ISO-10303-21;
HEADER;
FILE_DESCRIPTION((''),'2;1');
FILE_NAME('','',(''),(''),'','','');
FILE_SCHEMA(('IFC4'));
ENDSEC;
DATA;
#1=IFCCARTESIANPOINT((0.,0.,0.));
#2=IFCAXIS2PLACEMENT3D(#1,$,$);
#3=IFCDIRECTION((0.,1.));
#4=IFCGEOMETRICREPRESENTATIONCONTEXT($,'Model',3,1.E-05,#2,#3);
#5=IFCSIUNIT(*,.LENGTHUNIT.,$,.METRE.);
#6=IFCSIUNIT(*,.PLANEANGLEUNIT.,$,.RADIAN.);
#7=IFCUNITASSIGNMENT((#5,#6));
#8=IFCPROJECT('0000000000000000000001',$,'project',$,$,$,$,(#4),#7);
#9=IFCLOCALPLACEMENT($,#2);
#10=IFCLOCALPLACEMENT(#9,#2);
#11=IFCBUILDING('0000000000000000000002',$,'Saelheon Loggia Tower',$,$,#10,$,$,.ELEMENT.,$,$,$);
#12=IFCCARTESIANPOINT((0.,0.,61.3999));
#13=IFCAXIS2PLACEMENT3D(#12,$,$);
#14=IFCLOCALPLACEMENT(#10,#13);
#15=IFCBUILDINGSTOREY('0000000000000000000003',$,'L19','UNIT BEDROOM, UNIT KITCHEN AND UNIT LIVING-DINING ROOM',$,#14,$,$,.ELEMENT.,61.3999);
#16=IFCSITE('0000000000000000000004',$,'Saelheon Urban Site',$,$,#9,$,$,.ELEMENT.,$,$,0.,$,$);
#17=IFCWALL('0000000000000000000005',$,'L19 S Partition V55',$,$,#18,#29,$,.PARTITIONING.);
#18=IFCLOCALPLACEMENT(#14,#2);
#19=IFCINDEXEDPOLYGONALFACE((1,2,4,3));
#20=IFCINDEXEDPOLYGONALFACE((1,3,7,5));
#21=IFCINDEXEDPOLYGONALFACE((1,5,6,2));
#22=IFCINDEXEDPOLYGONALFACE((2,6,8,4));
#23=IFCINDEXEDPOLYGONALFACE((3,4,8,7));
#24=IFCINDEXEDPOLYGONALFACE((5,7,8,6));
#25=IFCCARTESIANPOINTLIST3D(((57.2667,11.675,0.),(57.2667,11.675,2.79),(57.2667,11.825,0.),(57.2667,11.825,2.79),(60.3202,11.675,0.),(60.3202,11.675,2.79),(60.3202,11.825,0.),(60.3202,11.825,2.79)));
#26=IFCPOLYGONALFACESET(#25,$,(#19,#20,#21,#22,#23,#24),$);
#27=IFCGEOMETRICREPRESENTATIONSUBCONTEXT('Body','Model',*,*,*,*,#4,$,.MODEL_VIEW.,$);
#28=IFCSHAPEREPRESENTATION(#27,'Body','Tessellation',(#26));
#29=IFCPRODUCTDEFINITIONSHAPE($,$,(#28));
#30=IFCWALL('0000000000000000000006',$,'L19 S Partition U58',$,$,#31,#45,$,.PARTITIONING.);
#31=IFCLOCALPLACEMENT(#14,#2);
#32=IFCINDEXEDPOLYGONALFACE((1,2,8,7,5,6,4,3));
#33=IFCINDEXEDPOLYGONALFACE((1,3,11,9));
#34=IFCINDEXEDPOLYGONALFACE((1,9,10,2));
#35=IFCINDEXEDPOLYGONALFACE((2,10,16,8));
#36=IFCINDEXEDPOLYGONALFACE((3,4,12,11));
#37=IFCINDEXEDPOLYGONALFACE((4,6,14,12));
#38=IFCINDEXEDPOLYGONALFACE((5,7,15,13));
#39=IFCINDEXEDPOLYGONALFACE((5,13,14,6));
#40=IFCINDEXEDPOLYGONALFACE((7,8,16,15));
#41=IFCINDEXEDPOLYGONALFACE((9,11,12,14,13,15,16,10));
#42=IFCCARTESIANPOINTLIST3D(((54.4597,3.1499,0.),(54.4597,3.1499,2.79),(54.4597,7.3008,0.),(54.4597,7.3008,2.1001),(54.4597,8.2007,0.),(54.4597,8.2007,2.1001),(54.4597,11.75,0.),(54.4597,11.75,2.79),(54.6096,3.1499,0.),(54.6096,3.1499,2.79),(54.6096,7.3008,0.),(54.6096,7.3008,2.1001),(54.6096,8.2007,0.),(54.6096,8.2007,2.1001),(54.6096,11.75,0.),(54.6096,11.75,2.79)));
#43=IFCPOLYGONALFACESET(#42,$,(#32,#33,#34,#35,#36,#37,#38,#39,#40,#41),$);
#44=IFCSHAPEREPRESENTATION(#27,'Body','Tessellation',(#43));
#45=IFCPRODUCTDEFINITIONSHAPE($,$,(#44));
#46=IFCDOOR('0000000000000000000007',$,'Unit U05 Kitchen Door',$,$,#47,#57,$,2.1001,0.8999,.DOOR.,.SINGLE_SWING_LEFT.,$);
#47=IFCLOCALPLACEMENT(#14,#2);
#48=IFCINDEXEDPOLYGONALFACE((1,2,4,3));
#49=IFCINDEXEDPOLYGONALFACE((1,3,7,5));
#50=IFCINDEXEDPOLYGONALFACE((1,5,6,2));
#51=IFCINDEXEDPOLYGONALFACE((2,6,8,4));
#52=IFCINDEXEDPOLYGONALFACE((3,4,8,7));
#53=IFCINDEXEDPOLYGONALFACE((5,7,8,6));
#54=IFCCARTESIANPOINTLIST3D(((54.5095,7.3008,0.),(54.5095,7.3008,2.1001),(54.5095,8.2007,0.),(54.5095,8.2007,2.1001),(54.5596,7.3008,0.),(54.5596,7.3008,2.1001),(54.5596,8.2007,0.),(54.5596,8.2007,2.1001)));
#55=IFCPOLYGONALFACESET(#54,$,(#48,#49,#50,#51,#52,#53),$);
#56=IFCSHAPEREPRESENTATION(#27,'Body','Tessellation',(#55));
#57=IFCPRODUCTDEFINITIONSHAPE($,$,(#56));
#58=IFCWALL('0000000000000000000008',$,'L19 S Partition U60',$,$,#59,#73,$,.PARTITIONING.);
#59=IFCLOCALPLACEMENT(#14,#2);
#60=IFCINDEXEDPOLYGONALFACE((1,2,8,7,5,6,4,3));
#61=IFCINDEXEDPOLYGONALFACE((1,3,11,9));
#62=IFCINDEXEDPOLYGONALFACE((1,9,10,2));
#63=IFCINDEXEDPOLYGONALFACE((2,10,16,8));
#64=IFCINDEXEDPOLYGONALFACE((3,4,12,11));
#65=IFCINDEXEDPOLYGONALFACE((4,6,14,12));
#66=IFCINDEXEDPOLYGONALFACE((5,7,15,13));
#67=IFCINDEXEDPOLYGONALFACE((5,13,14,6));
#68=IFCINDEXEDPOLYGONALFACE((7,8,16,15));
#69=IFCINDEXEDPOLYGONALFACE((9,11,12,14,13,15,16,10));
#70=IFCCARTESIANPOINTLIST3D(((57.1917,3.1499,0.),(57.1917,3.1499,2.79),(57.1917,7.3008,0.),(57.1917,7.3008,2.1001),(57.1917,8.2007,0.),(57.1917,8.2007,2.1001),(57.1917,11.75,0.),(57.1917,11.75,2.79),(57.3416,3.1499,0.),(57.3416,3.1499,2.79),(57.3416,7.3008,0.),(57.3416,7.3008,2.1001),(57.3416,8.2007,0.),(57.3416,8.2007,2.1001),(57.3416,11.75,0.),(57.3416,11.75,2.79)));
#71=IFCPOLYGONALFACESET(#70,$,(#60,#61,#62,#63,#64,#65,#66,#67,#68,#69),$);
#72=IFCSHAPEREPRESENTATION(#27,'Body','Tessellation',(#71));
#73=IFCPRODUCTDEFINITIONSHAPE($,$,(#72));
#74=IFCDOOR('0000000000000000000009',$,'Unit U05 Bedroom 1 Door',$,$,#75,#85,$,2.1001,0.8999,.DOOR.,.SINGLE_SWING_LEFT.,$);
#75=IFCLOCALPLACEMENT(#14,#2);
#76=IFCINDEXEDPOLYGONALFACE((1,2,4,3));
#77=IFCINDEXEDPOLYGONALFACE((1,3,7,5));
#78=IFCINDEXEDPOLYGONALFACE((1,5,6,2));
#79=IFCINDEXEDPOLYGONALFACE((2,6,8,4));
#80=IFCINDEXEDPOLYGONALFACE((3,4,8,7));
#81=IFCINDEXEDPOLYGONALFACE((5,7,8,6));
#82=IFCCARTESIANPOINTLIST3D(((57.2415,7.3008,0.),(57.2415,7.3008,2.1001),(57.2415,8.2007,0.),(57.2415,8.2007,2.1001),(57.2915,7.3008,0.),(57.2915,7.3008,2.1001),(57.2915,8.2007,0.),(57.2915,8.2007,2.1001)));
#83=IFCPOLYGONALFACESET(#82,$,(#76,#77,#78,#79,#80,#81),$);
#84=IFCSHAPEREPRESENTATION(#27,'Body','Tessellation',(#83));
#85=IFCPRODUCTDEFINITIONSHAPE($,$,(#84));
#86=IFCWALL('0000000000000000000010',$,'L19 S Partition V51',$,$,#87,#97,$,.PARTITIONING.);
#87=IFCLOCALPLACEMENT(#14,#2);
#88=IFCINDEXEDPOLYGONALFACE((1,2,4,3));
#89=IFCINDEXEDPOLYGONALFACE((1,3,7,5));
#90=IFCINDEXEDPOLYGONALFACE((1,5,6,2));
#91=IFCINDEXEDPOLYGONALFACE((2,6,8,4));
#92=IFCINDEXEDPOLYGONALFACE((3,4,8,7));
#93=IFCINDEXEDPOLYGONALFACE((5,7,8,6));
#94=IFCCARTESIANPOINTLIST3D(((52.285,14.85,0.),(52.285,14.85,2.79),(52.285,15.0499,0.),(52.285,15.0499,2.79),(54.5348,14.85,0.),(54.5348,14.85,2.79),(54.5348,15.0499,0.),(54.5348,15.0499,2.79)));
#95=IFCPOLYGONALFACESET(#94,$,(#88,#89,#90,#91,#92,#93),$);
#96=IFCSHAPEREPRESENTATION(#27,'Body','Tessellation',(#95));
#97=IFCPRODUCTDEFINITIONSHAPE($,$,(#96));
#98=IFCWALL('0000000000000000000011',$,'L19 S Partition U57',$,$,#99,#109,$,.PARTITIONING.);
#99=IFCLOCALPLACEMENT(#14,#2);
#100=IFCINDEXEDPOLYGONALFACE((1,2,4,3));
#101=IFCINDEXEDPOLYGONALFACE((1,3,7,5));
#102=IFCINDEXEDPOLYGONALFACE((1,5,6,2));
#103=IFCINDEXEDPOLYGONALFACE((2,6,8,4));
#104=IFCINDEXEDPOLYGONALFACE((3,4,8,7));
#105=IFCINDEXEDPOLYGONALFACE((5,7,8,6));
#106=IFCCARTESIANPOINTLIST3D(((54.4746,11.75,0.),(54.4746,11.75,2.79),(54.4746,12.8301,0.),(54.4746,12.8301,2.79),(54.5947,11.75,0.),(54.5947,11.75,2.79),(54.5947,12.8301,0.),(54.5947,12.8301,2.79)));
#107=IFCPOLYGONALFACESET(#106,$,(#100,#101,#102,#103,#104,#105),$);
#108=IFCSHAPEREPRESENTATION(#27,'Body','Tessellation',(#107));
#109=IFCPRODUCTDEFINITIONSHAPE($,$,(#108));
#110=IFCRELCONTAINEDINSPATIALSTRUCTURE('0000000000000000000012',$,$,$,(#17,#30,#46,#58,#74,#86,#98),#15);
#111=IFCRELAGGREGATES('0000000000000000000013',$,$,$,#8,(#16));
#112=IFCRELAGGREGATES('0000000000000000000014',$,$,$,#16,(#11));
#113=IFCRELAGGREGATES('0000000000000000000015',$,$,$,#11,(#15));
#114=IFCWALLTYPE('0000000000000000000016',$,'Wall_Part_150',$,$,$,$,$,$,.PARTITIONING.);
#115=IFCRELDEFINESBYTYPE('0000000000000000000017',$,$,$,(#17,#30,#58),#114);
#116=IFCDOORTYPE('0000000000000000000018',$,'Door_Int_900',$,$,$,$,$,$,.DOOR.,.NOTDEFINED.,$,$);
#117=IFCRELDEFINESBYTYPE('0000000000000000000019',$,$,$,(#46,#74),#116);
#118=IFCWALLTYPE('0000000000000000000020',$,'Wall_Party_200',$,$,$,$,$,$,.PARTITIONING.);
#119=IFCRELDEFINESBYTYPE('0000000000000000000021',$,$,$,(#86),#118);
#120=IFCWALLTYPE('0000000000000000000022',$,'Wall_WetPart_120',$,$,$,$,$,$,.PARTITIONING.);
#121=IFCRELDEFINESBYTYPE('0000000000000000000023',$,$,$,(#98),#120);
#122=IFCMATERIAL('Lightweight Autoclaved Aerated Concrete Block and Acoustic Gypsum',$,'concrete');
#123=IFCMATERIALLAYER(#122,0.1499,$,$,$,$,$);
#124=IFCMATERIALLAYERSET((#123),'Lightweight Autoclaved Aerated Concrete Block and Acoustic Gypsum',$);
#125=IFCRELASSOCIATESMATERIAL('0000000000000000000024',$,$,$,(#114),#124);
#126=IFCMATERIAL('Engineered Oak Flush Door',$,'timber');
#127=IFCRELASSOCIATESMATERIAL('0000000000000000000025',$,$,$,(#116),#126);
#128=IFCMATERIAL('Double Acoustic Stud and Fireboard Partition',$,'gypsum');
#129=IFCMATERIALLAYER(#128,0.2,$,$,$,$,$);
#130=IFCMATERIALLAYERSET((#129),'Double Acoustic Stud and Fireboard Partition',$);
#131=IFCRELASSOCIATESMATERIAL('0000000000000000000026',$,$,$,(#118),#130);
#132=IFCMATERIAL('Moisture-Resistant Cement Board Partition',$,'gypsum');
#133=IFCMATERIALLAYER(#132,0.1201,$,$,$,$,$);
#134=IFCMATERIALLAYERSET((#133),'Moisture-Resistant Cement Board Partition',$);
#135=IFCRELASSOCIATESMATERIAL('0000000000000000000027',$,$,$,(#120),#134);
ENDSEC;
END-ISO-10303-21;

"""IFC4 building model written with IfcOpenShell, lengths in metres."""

from ifc_helpers import new_model, si_unit, direction, frame, frame_2d, origin, place, context, subcontext, project, spatial, rectangle, extrude, source, transform, mapped, material, layer, layer_set, type_object, element, fill, save


model = new_model("IFC4")

# Units and contexts
model_context = context("Model", 3, precision=1e-05, world=origin(), true_north=direction((0.0, 1.0)))
body_context = subcontext(model_context, "Body", "Model", "MODEL_VIEW")
ifc_project = project(units=[si_unit("LENGTHUNIT", "METRE"), si_unit("PLANEANGLEUNIT", "RADIAN")], contexts=[model_context])

# Site, building, storey
site_placement = place(None, origin())
site = spatial("IfcSite", under=ifc_project, at=site_placement, Name="Saelheon Urban Site", CompositionType="ELEMENT", RefElevation=0.0)
building_placement = place(site_placement, origin())
building = spatial("IfcBuilding", under=site, at=building_placement, Name="Saelheon Loggia Tower", CompositionType="ELEMENT")
storey_placement = place(building_placement, frame((0.0, 0.0, 61.3999)))
storey = spatial("IfcBuildingStorey", under=building, at=storey_placement, Name="L19", Description="UNIT BEDROOM, UNIT KITCHEN AND UNIT LIVING-DINING ROOM", CompositionType="ELEMENT", Elevation=61.3999)

# Wall
ifc_material_1 = material(Name="Lightweight Autoclaved Aerated Concrete Block and Acoustic Gypsum", Category="concrete")
ifc_layer_1 = layer(ifc_material_1, 0.1499)
ifc_layer_set_1 = layer_set([ifc_layer_1], Name="Lightweight Autoclaved Aerated Concrete Block and Acoustic Gypsum")
wall_type_1 = type_object("IfcWallType", Name="Wall_Part_150", PredefinedType="PARTITIONING", material=ifc_layer_set_1)
wall_1_placement = place(storey_placement, frame((57.2666, 11.75, 0.0), z_axis=(0.0, 0.0, 1.0), x_axis=(1.0, 0.0, 0.0)))
element("IfcWall", 1, at=wall_1_placement, inside=storey, type_object=wall_type_1, Name="L19 S Partition V55", PredefinedType="PARTITIONING", context=body_context, shape_type="SweptSolid", body=[
    extrude(rectangle(XDim=3.0535, YDim=0.1499, at=frame_2d((1.5269, 0.0))), origin(), (0.0, 0.0, 1.0), 2.79),
])

# Walls, openings, doors
wall_2_placement = place(storey_placement, frame((54.5347, 11.75, 0.0), z_axis=(0.0, 0.0, 1.0), x_axis=(0.0, -1.0, 0.0)))
wall_2 = element("IfcWall", 2, at=wall_2_placement, inside=storey, type_object=wall_type_1, Name="L19 S Partition U58", PredefinedType="PARTITIONING", context=body_context, shape_type="SweptSolid", body=[
    extrude(rectangle(XDim=8.6001, YDim=0.1499, at=frame_2d((4.3, 0.0))), origin(), (0.0, 0.0, 1.0), 2.79),
])
opening_1_placement = place(wall_2_placement, frame((3.5493, 0.0, 0.0)))
opening_1 = element("IfcOpeningElement", 3, at=opening_1_placement, cuts=wall_2, PredefinedType="OPENING", context=body_context, shape_type="SweptSolid", body=[
    extrude(rectangle(XDim=0.8999, YDim=2.1001, at=frame_2d((0.45, 1.05))), frame((0.0, 0.0869, 0.0), z_axis=(0.0, -1.0, 0.0), x_axis=(1.0, 0.0, 0.0)), (0.0, 0.0, 1.0), 0.1738),
])
ifc_material_2 = material(Name="Engineered Oak Flush Door", Category="timber")
door_type_1 = type_object("IfcDoorType", Name="Door_Int_900", OperationType="NOTDEFINED", PredefinedType="DOOR", material=ifc_material_2)
shared_shape_1 = source(origin(), body_context, "Body", "SweptSolid", [
    extrude(rectangle(XDim=0.8999, YDim=2.1001, at=frame_2d((0.45, 1.05))), frame((0.0, 0.0249, 0.0), z_axis=(0.0, -1.0, 0.0), x_axis=(1.0, 0.0, 0.0)), (0.0, 0.0, 1.0), 0.05),
])
door_1_placement = place(opening_1_placement, origin())
door_1 = element("IfcDoor", 4, at=door_1_placement, inside=storey, type_object=door_type_1, Name="Unit U05 Kitchen Door", OperationType="SINGLE_SWING_LEFT", OverallHeight=2.1001, OverallWidth=0.8999, PredefinedType="DOOR", context=body_context, shape_type="MappedRepresentation", body=[
    mapped(shared_shape_1, transform((0.0, 0.0, 0.0), scale=1.0)),
])
fill(opening_1, door_1)
wall_3_placement = place(storey_placement, frame((57.2666, 11.75, 0.0), z_axis=(0.0, 0.0, 1.0), x_axis=(0.0, -1.0, 0.0)))
wall_3 = element("IfcWall", 5, at=wall_3_placement, inside=storey, type_object=wall_type_1, Name="L19 S Partition U60", PredefinedType="PARTITIONING", context=body_context, shape_type="SweptSolid", body=[
    extrude(rectangle(XDim=8.6001, YDim=0.1499, at=frame_2d((4.3, 0.0))), origin(), (0.0, 0.0, 1.0), 2.79),
])
opening_2_placement = place(wall_3_placement, frame((3.5493, 0.0, 0.0)))
opening_2 = element("IfcOpeningElement", 6, at=opening_2_placement, cuts=wall_3, PredefinedType="OPENING", context=body_context, shape_type="SweptSolid", body=[
    extrude(rectangle(XDim=0.8999, YDim=2.1001, at=frame_2d((0.45, 1.05))), frame((0.0, 0.0869, 0.0), z_axis=(0.0, -1.0, 0.0), x_axis=(1.0, 0.0, 0.0)), (0.0, 0.0, 1.0), 0.1738),
])
door_2_placement = place(opening_2_placement, origin())
door_2 = element("IfcDoor", 7, at=door_2_placement, inside=storey, type_object=door_type_1, Name="Unit U05 Bedroom 1 Door", OperationType="SINGLE_SWING_LEFT", OverallHeight=2.1001, OverallWidth=0.8999, PredefinedType="DOOR", context=body_context, shape_type="MappedRepresentation", body=[
    mapped(shared_shape_1, transform((0.0, 0.0, 0.0), scale=1.0)),
])
fill(opening_2, door_2)

# Walls
ifc_material_3 = material(Name="Double Acoustic Stud and Fireboard Partition", Category="gypsum")
ifc_layer_2 = layer(ifc_material_3, 0.2)
ifc_layer_set_2 = layer_set([ifc_layer_2], Name="Double Acoustic Stud and Fireboard Partition")
wall_type_2 = type_object("IfcWallType", Name="Wall_Party_200", PredefinedType="PARTITIONING", material=ifc_layer_set_2)
wall_4_placement = place(storey_placement, frame((52.2849, 14.95, 0.0), z_axis=(0.0, 0.0, 1.0), x_axis=(1.0, 0.0, 0.0)))
element("IfcWall", 8, at=wall_4_placement, inside=storey, type_object=wall_type_2, Name="L19 S Partition V51", PredefinedType="PARTITIONING", context=body_context, shape_type="SweptSolid", body=[
    extrude(rectangle(XDim=2.2498, YDim=0.2, at=frame_2d((1.125, 0.0))), origin(), (0.0, 0.0, 1.0), 2.79),
])
ifc_material_4 = material(Name="Moisture-Resistant Cement Board Partition", Category="gypsum")
ifc_layer_3 = layer(ifc_material_4, 0.1201)
ifc_layer_set_3 = layer_set([ifc_layer_3], Name="Moisture-Resistant Cement Board Partition")
wall_type_3 = type_object("IfcWallType", Name="Wall_WetPart_120", PredefinedType="PARTITIONING", material=ifc_layer_set_3)
wall_5_placement = place(storey_placement, frame((54.5347, 12.8301, 0.0), z_axis=(0.0, 0.0, 1.0), x_axis=(0.0, -1.0, 0.0)))
element("IfcWall", 9, at=wall_5_placement, inside=storey, type_object=wall_type_3, Name="L19 S Partition U57", PredefinedType="PARTITIONING", context=body_context, shape_type="SweptSolid", body=[
    extrude(rectangle(XDim=1.0801, YDim=0.1201, at=frame_2d((0.54, 0.0))), origin(), (0.0, 0.0, 1.0), 2.79),
])

save(model, "model.ifc")
